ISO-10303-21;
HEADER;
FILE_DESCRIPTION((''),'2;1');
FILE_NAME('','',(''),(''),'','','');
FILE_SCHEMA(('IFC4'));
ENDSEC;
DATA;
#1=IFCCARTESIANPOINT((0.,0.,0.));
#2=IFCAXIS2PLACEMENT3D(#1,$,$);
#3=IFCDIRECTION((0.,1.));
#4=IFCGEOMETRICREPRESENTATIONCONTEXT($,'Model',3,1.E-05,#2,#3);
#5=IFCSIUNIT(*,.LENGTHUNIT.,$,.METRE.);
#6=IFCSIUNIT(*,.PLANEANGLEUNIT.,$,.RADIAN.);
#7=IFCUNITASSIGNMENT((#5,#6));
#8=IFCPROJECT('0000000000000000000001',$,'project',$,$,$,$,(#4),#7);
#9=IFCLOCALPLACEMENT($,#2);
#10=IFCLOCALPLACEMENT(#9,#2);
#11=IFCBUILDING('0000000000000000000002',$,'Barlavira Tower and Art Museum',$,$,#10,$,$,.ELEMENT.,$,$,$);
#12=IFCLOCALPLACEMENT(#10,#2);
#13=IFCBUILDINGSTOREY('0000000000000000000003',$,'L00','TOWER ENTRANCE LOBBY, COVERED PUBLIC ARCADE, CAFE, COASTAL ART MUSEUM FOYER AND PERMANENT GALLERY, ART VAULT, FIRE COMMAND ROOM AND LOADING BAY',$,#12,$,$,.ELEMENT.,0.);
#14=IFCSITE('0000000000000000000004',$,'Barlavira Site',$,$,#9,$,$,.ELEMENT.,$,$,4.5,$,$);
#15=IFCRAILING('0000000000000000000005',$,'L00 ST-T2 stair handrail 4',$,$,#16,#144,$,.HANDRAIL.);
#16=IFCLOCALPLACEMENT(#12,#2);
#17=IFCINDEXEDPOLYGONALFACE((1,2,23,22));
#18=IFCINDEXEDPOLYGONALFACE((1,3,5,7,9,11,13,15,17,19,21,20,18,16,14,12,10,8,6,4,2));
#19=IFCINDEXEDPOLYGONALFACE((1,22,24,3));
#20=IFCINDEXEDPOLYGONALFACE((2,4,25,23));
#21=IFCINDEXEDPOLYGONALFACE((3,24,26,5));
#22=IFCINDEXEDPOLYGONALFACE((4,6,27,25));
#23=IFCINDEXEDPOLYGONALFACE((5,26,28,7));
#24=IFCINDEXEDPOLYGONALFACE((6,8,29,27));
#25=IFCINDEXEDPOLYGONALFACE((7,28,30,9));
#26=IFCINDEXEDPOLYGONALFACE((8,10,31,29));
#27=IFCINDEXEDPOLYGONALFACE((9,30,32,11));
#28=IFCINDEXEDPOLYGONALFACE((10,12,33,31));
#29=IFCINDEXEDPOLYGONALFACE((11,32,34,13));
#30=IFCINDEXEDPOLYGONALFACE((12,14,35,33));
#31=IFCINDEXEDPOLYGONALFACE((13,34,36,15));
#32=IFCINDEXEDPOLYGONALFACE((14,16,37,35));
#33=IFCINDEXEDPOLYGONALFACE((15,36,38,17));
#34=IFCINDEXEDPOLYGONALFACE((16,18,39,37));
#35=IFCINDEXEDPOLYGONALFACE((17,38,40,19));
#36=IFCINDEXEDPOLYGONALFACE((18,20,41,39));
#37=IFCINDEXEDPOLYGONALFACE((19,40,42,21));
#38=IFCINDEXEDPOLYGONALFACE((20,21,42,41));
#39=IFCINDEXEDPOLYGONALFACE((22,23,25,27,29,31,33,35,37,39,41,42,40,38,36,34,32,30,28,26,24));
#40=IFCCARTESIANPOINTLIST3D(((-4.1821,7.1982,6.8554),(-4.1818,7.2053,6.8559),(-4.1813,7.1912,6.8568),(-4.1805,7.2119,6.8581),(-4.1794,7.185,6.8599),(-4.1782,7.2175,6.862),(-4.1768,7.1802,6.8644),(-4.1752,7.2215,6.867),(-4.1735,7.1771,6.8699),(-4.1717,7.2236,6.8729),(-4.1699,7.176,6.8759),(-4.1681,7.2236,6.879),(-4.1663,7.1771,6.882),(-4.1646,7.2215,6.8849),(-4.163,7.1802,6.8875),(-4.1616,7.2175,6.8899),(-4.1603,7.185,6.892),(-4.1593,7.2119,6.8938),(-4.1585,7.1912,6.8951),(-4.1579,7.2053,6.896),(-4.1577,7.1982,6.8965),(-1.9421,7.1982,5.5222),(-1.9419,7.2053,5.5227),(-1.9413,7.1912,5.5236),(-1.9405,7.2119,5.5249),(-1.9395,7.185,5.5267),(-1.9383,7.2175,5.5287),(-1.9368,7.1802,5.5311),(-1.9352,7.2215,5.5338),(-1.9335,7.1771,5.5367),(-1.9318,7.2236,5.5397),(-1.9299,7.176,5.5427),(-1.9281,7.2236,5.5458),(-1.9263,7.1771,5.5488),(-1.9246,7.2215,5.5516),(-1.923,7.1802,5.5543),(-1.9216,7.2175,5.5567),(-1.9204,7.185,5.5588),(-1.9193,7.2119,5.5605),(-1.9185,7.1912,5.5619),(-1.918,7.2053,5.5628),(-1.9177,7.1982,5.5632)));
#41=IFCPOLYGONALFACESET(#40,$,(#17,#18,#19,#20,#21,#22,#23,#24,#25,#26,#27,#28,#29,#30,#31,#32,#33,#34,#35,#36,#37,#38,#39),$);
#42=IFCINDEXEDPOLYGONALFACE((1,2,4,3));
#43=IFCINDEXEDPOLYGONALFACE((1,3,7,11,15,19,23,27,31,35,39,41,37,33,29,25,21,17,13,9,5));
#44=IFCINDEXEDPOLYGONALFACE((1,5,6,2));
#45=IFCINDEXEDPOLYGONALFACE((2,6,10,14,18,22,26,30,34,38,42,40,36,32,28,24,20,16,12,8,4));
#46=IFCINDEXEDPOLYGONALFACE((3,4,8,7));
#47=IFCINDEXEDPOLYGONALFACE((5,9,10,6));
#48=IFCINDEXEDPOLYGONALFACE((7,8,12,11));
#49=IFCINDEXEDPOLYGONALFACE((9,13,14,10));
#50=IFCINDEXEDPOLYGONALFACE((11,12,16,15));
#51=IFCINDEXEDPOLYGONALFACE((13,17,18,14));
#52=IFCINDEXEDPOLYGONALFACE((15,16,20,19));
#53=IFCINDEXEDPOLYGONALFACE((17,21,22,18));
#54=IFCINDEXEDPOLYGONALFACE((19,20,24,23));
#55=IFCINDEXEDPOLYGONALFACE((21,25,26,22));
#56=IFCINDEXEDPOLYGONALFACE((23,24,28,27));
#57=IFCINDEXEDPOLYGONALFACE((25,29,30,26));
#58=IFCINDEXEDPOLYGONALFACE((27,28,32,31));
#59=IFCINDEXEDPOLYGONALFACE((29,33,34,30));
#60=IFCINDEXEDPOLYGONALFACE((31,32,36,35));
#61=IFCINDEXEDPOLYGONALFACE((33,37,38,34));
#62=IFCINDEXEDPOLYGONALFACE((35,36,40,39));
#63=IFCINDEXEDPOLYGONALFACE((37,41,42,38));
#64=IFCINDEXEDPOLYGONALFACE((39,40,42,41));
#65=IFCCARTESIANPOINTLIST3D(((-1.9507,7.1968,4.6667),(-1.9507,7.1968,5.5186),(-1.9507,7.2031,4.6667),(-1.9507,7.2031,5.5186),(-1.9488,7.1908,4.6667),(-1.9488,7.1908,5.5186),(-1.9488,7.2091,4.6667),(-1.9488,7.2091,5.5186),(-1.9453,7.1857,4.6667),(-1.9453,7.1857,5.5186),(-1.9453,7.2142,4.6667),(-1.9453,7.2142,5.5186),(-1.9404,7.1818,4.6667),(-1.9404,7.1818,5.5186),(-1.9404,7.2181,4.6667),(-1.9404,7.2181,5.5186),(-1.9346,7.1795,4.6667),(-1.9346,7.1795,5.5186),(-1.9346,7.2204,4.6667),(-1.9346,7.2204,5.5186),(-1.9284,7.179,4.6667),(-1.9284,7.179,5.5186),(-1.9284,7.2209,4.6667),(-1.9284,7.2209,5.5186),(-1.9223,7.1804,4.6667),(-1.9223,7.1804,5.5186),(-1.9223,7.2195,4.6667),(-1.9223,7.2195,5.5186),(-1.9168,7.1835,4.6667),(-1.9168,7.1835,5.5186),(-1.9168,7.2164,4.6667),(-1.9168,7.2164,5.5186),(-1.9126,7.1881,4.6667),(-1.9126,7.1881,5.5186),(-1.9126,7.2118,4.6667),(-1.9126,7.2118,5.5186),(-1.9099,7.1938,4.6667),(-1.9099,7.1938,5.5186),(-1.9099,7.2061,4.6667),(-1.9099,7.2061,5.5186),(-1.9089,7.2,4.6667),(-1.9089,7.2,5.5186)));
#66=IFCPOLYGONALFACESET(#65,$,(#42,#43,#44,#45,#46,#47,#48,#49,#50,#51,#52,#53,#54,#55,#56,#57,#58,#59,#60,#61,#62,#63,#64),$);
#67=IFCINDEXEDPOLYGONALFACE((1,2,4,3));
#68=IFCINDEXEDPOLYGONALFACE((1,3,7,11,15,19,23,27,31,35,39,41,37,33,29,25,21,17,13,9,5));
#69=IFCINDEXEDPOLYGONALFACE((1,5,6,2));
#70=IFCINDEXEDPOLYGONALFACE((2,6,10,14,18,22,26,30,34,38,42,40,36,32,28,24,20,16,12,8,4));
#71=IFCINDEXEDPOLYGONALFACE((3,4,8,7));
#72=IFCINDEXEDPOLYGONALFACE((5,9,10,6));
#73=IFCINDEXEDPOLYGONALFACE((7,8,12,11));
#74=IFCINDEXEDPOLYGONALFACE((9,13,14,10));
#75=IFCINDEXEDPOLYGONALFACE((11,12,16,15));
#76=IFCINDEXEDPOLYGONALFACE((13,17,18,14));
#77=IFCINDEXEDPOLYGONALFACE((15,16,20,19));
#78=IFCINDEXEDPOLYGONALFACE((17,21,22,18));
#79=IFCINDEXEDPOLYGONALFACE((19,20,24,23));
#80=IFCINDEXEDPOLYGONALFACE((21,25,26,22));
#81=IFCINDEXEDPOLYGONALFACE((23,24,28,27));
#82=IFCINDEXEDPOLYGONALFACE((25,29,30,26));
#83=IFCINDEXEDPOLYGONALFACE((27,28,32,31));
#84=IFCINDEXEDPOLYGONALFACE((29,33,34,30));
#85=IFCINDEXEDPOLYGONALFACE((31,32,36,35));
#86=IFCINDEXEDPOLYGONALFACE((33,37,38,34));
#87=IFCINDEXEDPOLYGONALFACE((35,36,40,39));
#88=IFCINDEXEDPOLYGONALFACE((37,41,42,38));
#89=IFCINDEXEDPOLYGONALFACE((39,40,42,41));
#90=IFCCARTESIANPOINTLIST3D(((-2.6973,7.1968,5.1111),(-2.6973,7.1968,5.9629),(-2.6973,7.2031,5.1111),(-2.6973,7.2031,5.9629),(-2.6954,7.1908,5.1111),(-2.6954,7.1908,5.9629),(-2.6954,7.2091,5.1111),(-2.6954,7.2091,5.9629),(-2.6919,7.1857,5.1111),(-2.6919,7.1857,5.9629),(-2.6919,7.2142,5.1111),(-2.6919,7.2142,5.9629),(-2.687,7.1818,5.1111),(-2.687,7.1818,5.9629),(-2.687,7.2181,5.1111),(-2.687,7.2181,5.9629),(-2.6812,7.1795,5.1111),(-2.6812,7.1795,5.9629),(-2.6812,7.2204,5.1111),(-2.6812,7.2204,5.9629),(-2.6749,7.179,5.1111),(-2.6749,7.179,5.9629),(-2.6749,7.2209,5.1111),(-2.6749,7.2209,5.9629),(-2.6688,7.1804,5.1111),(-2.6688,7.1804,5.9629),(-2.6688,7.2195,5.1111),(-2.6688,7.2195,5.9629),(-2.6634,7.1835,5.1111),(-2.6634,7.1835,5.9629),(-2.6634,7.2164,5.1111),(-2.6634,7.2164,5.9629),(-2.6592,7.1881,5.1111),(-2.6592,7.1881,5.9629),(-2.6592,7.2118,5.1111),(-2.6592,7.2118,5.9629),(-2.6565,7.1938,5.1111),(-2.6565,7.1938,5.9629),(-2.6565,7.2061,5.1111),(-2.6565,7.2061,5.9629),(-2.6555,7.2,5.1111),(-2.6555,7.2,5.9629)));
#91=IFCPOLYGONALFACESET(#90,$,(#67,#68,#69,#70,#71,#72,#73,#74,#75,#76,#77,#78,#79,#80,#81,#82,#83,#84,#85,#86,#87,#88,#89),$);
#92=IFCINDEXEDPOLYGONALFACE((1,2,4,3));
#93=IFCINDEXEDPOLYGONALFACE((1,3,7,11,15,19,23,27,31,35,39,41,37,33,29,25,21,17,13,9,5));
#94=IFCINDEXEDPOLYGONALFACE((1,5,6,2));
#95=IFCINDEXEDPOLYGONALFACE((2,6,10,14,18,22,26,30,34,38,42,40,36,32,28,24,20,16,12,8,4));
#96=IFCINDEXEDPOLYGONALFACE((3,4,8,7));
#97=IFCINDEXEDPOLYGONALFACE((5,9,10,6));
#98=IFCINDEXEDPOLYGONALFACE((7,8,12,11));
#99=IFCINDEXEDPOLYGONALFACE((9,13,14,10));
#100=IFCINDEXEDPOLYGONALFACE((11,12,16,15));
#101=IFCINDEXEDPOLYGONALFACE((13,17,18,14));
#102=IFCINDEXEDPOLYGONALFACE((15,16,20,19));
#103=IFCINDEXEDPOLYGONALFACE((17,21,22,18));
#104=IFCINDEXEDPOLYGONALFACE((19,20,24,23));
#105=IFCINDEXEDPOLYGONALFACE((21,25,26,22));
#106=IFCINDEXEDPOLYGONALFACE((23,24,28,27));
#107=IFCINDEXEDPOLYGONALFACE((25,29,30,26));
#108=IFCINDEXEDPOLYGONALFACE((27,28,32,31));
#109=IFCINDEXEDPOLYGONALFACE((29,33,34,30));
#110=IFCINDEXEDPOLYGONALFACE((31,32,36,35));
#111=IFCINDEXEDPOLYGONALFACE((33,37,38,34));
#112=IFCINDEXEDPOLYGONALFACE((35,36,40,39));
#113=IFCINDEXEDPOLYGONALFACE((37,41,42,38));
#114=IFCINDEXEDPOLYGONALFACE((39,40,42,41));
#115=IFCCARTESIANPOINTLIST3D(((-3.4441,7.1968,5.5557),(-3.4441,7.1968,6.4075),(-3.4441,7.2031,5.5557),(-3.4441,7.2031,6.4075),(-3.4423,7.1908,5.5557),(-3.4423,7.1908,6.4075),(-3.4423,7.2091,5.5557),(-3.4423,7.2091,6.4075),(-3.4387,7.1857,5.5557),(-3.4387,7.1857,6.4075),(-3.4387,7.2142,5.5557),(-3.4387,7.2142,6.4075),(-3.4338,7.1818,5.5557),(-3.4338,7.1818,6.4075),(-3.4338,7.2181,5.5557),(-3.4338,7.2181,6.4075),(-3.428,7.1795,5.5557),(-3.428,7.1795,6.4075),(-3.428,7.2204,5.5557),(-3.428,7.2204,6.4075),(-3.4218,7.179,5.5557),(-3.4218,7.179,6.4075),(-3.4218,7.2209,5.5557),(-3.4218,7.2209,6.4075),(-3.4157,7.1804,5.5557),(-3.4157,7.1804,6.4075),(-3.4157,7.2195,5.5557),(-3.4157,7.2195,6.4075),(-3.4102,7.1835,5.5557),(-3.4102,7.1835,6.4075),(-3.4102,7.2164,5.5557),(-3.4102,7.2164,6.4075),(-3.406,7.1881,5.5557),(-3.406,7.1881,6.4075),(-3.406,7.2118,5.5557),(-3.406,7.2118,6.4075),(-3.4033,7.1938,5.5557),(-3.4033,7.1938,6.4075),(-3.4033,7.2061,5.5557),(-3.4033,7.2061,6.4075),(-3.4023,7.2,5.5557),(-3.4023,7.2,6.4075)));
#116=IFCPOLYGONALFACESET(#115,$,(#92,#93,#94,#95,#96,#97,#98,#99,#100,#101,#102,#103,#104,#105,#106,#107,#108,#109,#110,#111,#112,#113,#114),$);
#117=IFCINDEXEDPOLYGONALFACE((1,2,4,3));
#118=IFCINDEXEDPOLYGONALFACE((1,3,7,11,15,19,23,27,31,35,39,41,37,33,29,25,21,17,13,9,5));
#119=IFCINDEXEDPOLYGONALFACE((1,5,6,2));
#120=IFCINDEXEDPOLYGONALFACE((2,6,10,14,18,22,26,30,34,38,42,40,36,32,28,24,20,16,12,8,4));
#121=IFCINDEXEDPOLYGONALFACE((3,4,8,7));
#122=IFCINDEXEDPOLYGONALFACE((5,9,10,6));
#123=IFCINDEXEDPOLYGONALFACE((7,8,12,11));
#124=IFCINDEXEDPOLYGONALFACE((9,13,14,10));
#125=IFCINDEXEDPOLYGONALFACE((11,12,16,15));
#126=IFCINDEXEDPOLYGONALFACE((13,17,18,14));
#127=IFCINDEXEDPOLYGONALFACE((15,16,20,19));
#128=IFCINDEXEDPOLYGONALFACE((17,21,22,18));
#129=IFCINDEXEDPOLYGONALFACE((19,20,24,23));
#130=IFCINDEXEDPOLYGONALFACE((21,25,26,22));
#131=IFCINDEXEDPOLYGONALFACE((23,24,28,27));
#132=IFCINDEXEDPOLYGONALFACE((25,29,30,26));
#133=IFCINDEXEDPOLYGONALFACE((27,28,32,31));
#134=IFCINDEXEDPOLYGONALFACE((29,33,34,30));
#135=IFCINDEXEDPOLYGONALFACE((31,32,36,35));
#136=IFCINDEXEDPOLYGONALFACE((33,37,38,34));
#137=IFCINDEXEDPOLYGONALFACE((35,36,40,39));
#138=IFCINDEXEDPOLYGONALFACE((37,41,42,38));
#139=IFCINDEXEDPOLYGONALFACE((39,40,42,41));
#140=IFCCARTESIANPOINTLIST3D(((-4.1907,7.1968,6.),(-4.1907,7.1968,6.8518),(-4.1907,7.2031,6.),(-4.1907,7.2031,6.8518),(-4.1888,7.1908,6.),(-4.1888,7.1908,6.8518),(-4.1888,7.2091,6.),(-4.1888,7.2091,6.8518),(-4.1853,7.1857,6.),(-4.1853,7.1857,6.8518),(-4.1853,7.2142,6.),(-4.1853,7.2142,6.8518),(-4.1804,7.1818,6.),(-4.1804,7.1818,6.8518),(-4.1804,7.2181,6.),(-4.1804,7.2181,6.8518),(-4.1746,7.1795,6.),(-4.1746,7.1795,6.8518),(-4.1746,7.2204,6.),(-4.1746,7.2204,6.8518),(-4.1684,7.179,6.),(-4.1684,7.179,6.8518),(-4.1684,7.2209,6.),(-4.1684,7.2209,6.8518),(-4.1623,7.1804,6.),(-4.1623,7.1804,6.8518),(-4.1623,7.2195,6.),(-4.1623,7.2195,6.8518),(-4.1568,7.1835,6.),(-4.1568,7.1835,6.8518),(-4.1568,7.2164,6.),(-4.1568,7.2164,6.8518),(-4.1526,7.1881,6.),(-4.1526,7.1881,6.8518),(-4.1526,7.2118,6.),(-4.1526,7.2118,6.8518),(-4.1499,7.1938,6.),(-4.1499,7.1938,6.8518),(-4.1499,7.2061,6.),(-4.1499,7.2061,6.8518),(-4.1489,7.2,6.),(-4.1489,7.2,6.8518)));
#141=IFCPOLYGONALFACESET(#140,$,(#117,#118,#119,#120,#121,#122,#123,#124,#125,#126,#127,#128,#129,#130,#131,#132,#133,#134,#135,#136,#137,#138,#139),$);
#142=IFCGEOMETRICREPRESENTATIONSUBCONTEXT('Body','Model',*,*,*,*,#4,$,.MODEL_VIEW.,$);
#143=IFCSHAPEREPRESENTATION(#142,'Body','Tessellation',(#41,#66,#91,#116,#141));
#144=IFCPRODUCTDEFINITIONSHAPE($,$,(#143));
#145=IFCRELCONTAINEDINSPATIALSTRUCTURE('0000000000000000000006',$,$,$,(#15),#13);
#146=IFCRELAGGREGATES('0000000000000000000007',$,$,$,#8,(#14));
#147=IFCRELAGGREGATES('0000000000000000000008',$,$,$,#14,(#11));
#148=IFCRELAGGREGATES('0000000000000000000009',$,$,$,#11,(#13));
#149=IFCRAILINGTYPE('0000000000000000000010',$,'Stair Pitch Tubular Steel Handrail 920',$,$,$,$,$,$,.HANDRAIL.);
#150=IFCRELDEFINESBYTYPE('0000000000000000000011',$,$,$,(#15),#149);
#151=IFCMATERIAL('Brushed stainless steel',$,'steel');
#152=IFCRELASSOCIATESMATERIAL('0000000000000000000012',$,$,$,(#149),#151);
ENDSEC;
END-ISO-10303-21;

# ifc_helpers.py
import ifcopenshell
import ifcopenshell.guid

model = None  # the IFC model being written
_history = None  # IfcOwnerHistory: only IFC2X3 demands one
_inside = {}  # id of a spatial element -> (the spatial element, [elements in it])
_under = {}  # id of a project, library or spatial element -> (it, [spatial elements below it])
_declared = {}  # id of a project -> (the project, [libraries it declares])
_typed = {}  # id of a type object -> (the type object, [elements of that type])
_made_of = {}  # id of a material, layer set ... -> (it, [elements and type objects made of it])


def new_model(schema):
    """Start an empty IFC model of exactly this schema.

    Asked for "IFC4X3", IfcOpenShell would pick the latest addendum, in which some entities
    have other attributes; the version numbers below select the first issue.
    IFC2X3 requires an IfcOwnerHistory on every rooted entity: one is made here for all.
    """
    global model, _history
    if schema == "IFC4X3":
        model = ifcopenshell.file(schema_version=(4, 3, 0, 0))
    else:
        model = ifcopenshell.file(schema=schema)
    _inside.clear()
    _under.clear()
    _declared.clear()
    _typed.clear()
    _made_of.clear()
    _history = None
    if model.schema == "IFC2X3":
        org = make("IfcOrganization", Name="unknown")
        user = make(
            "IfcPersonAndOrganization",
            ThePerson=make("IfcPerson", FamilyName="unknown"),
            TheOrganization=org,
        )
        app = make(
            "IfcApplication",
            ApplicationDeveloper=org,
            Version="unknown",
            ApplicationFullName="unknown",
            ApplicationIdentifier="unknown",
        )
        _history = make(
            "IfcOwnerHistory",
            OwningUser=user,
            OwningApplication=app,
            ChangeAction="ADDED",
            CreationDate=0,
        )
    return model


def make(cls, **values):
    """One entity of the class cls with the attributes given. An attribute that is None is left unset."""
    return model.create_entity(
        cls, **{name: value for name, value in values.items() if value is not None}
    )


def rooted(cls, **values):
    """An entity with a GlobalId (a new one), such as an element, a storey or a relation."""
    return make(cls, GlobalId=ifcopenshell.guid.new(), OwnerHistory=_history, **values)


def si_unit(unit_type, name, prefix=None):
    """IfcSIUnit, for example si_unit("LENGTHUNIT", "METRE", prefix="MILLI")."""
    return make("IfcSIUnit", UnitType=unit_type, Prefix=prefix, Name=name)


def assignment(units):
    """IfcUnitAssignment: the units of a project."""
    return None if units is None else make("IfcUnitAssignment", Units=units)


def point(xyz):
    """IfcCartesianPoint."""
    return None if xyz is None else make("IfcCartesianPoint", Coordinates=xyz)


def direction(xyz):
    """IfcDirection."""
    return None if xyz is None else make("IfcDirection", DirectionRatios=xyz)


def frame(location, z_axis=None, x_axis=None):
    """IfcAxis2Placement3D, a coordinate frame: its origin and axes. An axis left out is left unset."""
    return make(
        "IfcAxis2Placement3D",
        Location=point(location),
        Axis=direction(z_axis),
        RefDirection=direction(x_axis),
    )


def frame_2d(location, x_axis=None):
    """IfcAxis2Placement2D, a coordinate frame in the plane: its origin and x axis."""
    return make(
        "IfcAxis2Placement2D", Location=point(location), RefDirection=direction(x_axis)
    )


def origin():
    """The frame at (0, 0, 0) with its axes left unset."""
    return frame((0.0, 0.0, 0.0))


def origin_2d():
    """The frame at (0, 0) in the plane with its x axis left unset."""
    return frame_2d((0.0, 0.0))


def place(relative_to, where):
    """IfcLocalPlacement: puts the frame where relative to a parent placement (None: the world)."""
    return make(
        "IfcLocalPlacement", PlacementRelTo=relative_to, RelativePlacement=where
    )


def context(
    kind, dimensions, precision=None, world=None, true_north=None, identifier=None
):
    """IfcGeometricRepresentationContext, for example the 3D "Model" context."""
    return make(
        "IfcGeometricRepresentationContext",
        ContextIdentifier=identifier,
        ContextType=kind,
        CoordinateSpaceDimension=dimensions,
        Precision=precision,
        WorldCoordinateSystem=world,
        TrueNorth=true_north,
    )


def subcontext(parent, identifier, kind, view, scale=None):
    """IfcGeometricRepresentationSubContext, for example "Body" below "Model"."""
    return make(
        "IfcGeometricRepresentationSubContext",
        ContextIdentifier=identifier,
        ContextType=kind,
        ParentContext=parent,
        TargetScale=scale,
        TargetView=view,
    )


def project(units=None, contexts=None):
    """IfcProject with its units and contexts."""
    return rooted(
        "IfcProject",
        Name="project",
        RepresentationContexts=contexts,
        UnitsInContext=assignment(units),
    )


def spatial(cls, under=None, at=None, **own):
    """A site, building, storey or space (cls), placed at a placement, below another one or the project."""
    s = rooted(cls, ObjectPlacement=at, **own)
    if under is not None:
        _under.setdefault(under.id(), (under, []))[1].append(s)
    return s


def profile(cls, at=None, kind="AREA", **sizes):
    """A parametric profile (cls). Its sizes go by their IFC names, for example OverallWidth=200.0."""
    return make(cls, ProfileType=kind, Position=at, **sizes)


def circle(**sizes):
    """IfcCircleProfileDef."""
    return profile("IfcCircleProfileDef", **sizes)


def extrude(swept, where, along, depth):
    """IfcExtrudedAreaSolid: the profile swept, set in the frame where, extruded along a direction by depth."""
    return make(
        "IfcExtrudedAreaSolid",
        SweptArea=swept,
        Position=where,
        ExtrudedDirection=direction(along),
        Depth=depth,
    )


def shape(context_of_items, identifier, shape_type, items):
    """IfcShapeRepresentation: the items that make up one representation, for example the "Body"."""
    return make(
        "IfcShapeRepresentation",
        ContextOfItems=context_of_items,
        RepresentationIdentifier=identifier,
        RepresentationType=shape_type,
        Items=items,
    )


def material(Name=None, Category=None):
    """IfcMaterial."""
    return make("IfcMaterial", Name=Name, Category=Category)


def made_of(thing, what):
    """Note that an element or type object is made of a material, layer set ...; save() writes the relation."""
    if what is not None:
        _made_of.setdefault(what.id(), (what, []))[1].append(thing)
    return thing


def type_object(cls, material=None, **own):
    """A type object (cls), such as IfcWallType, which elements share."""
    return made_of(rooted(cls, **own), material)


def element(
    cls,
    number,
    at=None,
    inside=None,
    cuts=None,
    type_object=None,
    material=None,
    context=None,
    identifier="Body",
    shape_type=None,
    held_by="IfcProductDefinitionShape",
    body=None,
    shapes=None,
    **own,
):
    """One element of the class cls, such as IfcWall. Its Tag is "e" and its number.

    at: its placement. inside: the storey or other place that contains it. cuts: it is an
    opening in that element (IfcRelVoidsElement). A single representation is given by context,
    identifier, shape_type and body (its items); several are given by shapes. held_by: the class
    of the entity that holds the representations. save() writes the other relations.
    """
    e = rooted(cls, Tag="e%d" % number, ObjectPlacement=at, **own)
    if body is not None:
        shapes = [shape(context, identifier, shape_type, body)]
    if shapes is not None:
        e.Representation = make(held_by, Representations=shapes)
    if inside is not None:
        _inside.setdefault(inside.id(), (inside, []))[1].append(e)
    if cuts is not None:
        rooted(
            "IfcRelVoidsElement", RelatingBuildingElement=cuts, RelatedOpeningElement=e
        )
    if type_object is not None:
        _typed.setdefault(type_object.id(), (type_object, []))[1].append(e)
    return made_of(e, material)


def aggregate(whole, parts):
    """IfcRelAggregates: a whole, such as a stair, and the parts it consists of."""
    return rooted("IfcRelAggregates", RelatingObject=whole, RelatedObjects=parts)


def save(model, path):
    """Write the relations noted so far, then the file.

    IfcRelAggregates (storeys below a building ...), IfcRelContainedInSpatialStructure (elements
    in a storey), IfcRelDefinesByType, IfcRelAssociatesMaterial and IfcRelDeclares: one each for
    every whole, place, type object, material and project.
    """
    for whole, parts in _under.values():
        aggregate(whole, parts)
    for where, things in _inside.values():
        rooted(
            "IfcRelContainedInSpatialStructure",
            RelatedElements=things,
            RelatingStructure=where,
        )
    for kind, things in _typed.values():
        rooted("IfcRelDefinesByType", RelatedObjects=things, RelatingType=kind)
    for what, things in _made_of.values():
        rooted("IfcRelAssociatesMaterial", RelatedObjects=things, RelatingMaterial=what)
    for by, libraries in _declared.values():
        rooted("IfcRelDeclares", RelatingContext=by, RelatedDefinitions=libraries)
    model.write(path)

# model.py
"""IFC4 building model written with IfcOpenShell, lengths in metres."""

from ifc_helpers import new_model, si_unit, direction, frame, origin, origin_2d, place, context, subcontext, project, spatial, circle, extrude, material, type_object, element, save


model = new_model("IFC4")

# Units and contexts
model_context = context("Model", 3, precision=1e-05, world=origin(), true_north=direction((0.0, 1.0)))
body_context = subcontext(model_context, "Body", "Model", "MODEL_VIEW")
ifc_project = project(units=[si_unit("LENGTHUNIT", "METRE"), si_unit("PLANEANGLEUNIT", "RADIAN")], contexts=[model_context])

# Site, building, storey
site_placement = place(None, origin())
site = spatial("IfcSite", under=ifc_project, at=site_placement, Name="Barlavira Site", CompositionType="ELEMENT", RefElevation=4.5)
building_placement = place(site_placement, origin())
building = spatial("IfcBuilding", under=site, at=building_placement, Name="Barlavira Tower and Art Museum", CompositionType="ELEMENT")
storey_placement = place(building_placement, origin())
storey = spatial("IfcBuildingStorey", under=building, at=storey_placement, Name="L00", Description="TOWER ENTRANCE LOBBY, COVERED PUBLIC ARCADE, CAFE, COASTAL ART MUSEUM FOYER AND PERMANENT GALLERY, ART VAULT, FIRE COMMAND ROOM AND LOADING BAY", CompositionType="ELEMENT", Elevation=0.0)

# Shared definitions
ifc_material_1 = material(Name="Brushed stainless steel", Category="steel")

# Railing
railing_type_1 = type_object("IfcRailingType", Name="Stair Pitch Tubular Steel Handrail 920", PredefinedType="HANDRAIL", material=ifc_material_1)
for number, where, name in (
    (1, (-1.9299, 7.2, 4.6667), "L00 ST-T2 stair handrail 4"),
):
    element("IfcRailing", number, at=place(storey_placement, frame(where)), inside=storey, type_object=railing_type_1, Name=name, PredefinedType="HANDRAIL", context=body_context, shape_type="SweptSolid", body=[
        extrude(circle(Radius=0.0239, at=origin_2d()), frame((0.0, 0.0, 0.876), z_axis=(-0.859306, 0.0, 0.511462), x_axis=(0.0, -1.0, 0.0)), (0.0, 0.0, 1.0), 2.6067),
        extrude(circle(Radius=0.021, at=origin_2d()), origin(), (0.0, 0.0, 1.0), 0.8518),
        extrude(circle(Radius=0.021, at=origin_2d()), frame((-0.7466, 0.0, 0.4443)), (0.0, 0.0, 1.0), 0.8518),
        extrude(circle(Radius=0.021, at=origin_2d()), frame((-1.4934, 0.0, 0.8889)), (0.0, 0.0, 1.0), 0.8518),
        extrude(circle(Radius=0.021, at=origin_2d()), frame((-2.24, 0.0, 1.3333)), (0.0, 0.0, 1.0), 0.8518),
    ])

save(model, "model.ifc")
